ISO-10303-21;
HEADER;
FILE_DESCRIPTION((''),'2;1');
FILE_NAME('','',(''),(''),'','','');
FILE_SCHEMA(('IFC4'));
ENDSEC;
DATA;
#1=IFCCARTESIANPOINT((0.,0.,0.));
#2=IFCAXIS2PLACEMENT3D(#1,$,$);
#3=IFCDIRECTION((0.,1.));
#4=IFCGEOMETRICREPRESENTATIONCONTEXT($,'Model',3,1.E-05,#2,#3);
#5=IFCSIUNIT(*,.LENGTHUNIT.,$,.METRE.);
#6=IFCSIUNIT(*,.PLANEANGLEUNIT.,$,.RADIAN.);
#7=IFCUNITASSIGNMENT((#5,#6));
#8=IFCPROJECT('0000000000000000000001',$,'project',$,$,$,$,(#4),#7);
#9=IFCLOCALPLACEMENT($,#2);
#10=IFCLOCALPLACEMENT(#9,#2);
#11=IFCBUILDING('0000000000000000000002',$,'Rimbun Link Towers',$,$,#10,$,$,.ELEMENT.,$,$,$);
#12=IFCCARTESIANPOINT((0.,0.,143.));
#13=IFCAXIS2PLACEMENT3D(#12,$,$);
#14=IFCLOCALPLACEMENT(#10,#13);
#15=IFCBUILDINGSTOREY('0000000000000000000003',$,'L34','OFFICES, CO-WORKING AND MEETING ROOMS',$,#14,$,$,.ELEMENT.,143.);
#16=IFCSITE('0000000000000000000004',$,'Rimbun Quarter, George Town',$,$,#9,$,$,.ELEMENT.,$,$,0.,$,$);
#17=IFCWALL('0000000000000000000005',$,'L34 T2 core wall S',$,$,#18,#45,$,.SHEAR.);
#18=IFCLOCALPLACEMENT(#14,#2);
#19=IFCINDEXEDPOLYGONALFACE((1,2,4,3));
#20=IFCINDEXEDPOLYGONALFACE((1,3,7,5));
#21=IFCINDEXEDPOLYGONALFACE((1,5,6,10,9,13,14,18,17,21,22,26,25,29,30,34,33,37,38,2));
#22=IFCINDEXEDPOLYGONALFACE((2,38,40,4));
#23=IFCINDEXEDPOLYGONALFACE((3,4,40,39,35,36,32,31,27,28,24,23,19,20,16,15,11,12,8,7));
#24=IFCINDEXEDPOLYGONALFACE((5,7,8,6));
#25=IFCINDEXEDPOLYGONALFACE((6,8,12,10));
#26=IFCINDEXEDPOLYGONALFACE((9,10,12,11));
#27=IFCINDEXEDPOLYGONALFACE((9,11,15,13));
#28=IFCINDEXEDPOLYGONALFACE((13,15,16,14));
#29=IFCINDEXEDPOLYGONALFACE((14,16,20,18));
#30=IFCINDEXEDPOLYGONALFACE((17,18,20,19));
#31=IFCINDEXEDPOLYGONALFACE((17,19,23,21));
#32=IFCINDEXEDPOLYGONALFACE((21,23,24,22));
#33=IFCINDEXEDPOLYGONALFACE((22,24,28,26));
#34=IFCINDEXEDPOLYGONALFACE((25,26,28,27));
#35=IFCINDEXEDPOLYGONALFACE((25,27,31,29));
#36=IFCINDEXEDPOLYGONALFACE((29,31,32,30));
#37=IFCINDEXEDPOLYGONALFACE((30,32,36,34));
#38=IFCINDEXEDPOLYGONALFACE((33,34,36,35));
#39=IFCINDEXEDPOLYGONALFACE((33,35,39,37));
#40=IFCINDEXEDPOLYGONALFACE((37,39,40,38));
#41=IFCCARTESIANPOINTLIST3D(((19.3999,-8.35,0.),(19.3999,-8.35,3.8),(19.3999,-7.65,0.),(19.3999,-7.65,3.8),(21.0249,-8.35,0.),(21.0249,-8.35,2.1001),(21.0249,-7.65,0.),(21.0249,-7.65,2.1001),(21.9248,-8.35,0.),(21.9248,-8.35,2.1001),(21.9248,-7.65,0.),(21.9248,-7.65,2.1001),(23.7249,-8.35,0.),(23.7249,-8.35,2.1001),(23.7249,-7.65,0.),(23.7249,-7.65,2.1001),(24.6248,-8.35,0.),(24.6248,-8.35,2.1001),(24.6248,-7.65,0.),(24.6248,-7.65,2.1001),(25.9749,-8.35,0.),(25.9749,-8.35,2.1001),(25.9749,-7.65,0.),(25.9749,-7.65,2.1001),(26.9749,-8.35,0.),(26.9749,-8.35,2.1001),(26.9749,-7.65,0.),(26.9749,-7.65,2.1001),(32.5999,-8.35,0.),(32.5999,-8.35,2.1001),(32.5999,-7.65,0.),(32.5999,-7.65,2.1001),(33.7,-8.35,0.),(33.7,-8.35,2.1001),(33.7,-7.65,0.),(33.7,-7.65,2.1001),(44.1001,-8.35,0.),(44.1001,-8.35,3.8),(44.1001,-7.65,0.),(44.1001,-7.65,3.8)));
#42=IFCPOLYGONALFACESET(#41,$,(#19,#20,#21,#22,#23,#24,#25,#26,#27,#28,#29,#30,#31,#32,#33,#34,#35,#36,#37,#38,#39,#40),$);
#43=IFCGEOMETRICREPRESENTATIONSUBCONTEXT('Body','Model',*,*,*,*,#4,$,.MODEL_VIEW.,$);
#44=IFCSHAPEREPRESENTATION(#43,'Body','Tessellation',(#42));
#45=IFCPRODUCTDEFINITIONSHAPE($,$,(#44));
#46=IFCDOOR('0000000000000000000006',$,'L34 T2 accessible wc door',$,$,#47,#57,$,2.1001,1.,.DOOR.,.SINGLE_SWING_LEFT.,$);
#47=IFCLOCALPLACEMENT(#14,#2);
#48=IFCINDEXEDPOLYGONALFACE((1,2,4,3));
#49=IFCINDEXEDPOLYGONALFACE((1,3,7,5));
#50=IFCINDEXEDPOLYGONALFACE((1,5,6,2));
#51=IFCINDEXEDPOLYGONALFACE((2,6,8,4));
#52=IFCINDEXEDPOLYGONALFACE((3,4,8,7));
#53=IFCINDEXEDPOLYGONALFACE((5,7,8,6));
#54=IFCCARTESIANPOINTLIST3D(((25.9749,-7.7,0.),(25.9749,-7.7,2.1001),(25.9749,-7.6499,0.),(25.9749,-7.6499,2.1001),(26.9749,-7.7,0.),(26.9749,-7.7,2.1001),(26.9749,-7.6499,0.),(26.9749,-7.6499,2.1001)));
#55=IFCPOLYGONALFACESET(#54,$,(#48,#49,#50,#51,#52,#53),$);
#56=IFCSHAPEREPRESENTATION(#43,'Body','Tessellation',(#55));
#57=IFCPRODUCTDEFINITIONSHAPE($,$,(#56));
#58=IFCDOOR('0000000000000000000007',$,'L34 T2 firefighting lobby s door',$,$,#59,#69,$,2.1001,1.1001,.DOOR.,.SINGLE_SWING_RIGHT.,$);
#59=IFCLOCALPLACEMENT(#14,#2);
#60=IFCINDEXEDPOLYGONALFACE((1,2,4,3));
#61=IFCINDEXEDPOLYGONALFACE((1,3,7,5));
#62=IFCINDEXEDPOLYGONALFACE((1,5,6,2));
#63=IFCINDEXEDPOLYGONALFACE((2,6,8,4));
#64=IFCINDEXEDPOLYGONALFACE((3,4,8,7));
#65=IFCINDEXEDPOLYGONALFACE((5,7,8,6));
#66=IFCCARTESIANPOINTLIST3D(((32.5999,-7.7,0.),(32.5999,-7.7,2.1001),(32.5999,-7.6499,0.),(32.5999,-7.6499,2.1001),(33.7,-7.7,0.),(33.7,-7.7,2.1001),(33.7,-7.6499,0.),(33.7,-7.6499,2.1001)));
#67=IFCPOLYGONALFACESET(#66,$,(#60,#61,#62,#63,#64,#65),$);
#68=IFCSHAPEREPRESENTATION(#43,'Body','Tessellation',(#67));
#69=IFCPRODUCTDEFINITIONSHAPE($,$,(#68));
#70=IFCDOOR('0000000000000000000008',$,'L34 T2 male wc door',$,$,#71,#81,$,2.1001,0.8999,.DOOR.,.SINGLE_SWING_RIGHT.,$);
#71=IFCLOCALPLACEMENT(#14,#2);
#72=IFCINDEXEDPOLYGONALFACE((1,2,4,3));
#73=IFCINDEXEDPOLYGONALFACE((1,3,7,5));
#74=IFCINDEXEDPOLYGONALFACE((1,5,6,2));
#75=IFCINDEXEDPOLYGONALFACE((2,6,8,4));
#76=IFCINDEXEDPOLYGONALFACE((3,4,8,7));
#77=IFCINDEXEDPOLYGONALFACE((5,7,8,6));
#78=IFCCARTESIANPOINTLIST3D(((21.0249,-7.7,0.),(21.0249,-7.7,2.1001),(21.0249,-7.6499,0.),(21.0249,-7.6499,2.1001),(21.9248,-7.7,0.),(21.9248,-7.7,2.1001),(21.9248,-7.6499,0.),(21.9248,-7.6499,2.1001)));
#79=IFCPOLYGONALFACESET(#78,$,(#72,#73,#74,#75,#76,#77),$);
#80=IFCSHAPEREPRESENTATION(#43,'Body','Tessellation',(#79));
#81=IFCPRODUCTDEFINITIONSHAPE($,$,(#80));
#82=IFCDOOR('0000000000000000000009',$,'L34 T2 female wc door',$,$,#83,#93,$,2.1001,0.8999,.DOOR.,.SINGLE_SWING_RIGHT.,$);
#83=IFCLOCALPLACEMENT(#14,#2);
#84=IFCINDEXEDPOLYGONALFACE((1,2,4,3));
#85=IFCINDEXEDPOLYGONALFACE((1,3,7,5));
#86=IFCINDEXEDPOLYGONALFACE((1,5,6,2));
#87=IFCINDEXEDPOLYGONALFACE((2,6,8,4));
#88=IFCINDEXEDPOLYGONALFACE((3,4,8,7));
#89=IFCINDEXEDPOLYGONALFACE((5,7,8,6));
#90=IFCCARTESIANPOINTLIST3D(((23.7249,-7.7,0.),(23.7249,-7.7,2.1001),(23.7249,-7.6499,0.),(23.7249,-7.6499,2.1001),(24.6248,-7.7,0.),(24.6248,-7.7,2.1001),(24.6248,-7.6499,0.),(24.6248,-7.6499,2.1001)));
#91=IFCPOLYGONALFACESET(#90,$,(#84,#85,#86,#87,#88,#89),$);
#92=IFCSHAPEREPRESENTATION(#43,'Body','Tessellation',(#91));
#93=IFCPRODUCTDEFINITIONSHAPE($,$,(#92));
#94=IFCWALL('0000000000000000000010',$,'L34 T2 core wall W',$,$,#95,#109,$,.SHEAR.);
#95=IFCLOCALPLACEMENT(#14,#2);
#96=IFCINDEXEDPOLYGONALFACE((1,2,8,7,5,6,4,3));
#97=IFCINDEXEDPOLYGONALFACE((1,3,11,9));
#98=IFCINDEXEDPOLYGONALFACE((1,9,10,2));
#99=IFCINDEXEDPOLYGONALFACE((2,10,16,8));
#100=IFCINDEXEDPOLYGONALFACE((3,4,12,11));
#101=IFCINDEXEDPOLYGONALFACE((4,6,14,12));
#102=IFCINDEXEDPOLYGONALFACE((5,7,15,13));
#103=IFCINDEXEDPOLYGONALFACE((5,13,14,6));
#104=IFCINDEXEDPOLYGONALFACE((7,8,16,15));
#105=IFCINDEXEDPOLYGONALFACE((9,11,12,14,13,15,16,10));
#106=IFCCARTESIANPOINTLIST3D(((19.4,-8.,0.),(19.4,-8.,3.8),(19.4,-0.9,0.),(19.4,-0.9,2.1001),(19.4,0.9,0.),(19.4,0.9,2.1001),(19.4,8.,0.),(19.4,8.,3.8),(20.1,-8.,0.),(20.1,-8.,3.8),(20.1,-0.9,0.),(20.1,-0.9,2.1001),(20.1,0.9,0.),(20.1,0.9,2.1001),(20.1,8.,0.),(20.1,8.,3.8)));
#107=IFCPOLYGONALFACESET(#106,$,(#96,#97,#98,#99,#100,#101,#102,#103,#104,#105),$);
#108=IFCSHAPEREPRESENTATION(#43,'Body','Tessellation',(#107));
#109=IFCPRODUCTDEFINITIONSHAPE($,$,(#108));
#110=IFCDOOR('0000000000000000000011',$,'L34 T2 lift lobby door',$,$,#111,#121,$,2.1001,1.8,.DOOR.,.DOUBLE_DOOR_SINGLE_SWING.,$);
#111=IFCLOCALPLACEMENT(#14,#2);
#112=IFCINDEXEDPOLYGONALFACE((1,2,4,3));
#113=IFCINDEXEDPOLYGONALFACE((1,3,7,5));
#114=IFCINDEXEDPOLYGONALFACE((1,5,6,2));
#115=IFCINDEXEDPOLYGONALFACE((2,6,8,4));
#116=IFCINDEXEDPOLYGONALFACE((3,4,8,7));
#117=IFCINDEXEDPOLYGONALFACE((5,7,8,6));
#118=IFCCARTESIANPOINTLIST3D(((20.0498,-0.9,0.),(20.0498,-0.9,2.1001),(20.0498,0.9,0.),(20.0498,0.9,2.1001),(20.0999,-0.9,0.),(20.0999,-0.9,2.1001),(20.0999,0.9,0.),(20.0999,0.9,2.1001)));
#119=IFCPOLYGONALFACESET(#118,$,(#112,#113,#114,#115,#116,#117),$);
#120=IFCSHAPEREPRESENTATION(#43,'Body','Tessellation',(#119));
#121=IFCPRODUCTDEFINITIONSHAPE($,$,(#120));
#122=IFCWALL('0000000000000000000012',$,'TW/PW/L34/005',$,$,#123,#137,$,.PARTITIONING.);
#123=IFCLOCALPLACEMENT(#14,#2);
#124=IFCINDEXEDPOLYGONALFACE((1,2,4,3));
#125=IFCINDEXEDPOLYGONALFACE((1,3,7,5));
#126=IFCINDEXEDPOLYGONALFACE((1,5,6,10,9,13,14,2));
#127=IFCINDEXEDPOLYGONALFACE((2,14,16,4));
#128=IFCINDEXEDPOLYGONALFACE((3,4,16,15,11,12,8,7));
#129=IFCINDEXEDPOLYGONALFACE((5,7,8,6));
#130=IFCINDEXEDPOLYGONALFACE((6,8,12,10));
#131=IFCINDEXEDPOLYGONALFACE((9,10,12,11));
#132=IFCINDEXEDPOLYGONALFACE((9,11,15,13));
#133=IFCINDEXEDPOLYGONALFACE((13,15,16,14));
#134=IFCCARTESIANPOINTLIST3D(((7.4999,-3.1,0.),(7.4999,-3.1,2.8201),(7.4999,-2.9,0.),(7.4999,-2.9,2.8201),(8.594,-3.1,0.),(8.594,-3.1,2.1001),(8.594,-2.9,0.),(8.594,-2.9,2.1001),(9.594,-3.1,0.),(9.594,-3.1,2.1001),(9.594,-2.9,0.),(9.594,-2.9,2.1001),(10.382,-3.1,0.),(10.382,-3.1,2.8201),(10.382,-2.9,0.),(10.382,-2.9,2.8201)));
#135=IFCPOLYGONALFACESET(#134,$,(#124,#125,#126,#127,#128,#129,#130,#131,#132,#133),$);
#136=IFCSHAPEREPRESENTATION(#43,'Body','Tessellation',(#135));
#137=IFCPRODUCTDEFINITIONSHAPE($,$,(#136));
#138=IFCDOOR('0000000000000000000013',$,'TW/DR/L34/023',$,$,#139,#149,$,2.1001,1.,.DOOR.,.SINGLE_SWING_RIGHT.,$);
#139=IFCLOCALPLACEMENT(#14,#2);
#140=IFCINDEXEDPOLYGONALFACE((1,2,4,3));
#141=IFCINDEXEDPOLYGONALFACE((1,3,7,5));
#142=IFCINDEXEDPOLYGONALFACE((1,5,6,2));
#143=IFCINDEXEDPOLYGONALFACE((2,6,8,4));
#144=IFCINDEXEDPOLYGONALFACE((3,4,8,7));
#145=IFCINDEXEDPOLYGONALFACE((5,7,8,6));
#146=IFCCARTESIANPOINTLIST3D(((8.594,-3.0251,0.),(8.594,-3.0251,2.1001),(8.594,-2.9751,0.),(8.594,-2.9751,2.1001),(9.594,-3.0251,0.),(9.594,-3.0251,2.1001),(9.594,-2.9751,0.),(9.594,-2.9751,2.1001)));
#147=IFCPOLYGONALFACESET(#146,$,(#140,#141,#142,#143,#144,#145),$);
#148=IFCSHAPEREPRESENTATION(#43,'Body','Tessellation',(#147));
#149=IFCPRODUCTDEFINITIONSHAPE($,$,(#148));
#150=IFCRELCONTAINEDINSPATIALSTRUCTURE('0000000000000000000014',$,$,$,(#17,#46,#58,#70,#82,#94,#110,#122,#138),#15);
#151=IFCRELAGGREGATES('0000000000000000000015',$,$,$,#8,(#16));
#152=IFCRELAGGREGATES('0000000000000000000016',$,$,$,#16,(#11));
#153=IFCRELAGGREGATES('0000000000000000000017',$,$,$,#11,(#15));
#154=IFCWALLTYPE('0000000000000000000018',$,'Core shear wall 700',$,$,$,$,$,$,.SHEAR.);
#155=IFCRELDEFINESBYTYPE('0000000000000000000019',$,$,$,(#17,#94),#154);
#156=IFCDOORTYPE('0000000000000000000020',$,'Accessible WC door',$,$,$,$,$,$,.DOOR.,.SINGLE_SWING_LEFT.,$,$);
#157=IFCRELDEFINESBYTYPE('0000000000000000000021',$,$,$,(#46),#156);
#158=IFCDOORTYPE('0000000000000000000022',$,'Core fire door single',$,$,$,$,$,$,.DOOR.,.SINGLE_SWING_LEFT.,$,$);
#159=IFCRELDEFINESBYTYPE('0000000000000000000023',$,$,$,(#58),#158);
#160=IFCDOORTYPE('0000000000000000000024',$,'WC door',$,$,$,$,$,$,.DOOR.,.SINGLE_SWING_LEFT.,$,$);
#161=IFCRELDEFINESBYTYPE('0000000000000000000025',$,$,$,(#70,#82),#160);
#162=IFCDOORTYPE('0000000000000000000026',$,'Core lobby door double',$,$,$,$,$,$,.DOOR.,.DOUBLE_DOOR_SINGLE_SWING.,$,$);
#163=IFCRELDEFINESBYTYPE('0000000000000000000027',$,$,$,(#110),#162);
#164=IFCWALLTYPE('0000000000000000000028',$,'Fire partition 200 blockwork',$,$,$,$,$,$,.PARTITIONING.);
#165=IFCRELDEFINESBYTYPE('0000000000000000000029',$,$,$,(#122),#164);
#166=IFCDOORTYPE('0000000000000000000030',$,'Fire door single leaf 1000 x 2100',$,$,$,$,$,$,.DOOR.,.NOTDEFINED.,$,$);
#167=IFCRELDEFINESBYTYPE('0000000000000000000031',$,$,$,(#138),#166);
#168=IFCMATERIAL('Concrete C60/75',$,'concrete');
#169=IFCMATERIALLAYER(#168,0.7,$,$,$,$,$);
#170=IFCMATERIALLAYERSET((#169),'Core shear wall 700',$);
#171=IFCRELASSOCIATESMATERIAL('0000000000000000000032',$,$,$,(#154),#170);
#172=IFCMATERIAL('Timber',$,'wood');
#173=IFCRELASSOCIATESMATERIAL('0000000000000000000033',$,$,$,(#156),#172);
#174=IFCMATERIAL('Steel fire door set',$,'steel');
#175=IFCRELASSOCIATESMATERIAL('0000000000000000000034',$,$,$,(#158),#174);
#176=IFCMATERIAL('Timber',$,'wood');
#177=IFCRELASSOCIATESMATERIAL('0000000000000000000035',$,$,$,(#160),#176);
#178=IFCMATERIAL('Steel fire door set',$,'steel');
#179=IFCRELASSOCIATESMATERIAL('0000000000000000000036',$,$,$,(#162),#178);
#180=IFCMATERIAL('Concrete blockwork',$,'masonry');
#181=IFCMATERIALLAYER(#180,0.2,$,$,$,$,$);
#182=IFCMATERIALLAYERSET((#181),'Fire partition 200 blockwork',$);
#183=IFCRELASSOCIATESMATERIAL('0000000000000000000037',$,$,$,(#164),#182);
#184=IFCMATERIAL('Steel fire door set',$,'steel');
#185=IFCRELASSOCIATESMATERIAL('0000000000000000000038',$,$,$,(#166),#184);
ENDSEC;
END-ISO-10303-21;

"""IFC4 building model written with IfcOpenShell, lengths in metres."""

from ifc_helpers import new_model, si_unit, direction, frame, frame_2d, origin, place, context, subcontext, project, spatial, rectangle, extrude, material, layer, layer_set, type_object, element, fill, save


model = new_model("IFC4")

# Units and contexts
model_context = context("Model", 3, precision=1e-05, world=origin(), true_north=direction((0.0, 1.0)))
body_context = subcontext(model_context, "Body", "Model", "MODEL_VIEW")
ifc_project = project(units=[si_unit("LENGTHUNIT", "METRE"), si_unit("PLANEANGLEUNIT", "RADIAN")], contexts=[model_context])

# Site, building, storey
site_placement = place(None, origin())
site = spatial("IfcSite", under=ifc_project, at=site_placement, Name="Rimbun Quarter, George Town", CompositionType="ELEMENT", RefElevation=0.0)
building_placement = place(site_placement, origin())
building = spatial("IfcBuilding", under=site, at=building_placement, Name="Rimbun Link Towers", CompositionType="ELEMENT")
storey_placement = place(building_placement, frame((0.0, 0.0, 143.0)))
storey = spatial("IfcBuildingStorey", under=building, at=storey_placement, Name="L34", Description="OFFICES, CO-WORKING AND MEETING ROOMS", CompositionType="ELEMENT", Elevation=143.0)

# Wall, openings, doors
ifc_material_1 = material(Name="Concrete C60/75", Category="concrete")
ifc_layer_1 = layer(ifc_material_1, 0.7)
ifc_layer_set_1 = layer_set([ifc_layer_1], Name="Core shear wall 700")
wall_type_1 = type_object("IfcWallType", Name="Core shear wall 700", PredefinedType="SHEAR", material=ifc_layer_set_1)
wall_1_placement = place(storey_placement, frame((19.3999, -8.0, 0.0), z_axis=(0.0, 0.0, 1.0), x_axis=(1.0, 0.0, 0.0)))
wall_1 = element("IfcWall", 1, at=wall_1_placement, inside=storey, type_object=wall_type_1, Name="L34 T2 core wall S", PredefinedType="SHEAR", context=body_context, shape_type="SweptSolid", body=[
    extrude(rectangle(XDim=24.7002, YDim=0.7, at=frame_2d((12.3501, 0.0))), origin(), (0.0, 0.0, 1.0), 3.8),
])
opening_1_placement = place(wall_1_placement, frame((13.2, 0.0, 0.0)))
opening_1 = element("IfcOpeningElement", 2, at=opening_1_placement, cuts=wall_1, PredefinedType="OPENING", context=body_context, shape_type="SweptSolid", body=[
    extrude(rectangle(XDim=1.1001, YDim=2.1001, at=frame_2d((0.55, 1.05))), frame((0.0, 0.3599, 0.0), z_axis=(0.0, -1.0, 0.0), x_axis=(1.0, 0.0, 0.0)), (0.0, 0.0, 1.0), 0.72),
])
opening_2_placement = place(wall_1_placement, frame((1.625, 0.0, 0.0)))
opening_2 = element("IfcOpeningElement", 3, at=opening_2_placement, cuts=wall_1, PredefinedType="OPENING", context=body_context, shape_type="SweptSolid", body=[
    extrude(rectangle(XDim=0.8999, YDim=2.1001, at=frame_2d((0.45, 1.05))), frame((0.0, 0.3599, 0.0), z_axis=(0.0, -1.0, 0.0), x_axis=(1.0, 0.0, 0.0)), (0.0, 0.0, 1.0), 0.72),
])
opening_3_placement = place(wall_1_placement, frame((4.325, 0.0, 0.0)))
opening_3 = element("IfcOpeningElement", 4, at=opening_3_placement, cuts=wall_1, PredefinedType="OPENING", context=body_context, shape_type="SweptSolid", body=[
    extrude(rectangle(XDim=0.8999, YDim=2.1001, at=frame_2d((0.45, 1.05))), frame((0.0, 0.3599, 0.0), z_axis=(0.0, -1.0, 0.0), x_axis=(1.0, 0.0, 0.0)), (0.0, 0.0, 1.0), 0.72),
])
opening_4_placement = place(wall_1_placement, frame((6.575, 0.0, 0.0)))
opening_4 = element("IfcOpeningElement", 5, at=opening_4_placement, cuts=wall_1, PredefinedType="OPENING", context=body_context, shape_type="SweptSolid", body=[
    extrude(rectangle(XDim=1.0, YDim=2.1001, at=frame_2d((0.5, 1.05))), frame((0.0, 0.3599, 0.0), z_axis=(0.0, -1.0, 0.0), x_axis=(1.0, 0.0, 0.0)), (0.0, 0.0, 1.0), 0.72),
])
ifc_material_2 = material(Name="Timber", Category="wood")
door_type_1 = type_object("IfcDoorType", Name="Accessible WC door", OperationType="SINGLE_SWING_LEFT", PredefinedType="DOOR", material=ifc_material_2)
door_1_placement = place(opening_4_placement, origin())
door_1 = element("IfcDoor", 6, at=door_1_placement, inside=storey, type_object=door_type_1, Name="L34 T2 accessible wc door", OperationType="SINGLE_SWING_LEFT", OverallHeight=2.1001, OverallWidth=1.0, PredefinedType="DOOR", context=body_context, shape_type="SweptSolid", body=[
    extrude(rectangle(XDim=1.0, YDim=2.1001, at=frame_2d((0.5, 1.05))), frame((0.0, 0.3501, 0.0), z_axis=(0.0, -1.0, 0.0), x_axis=(1.0, 0.0, 0.0)), (0.0, 0.0, 1.0), 0.05),
])
fill(opening_4, door_1)
ifc_material_3 = material(Name="Steel fire door set", Category="steel")
door_type_2 = type_object("IfcDoorType", Name="Core fire door single", OperationType="SINGLE_SWING_LEFT", PredefinedType="DOOR", material=ifc_material_3)
door_2_placement = place(opening_1_placement, origin())
door_2 = element("IfcDoor", 7, at=door_2_placement, inside=storey, type_object=door_type_2, Name="L34 T2 firefighting lobby s door", OperationType="SINGLE_SWING_RIGHT", OverallHeight=2.1001, OverallWidth=1.1001, PredefinedType="DOOR", context=body_context, shape_type="SweptSolid", body=[
    extrude(rectangle(XDim=1.1001, YDim=2.1001, at=frame_2d((0.55, 1.05))), frame((0.0, 0.3501, 0.0), z_axis=(0.0, -1.0, 0.0), x_axis=(1.0, 0.0, 0.0)), (0.0, 0.0, 1.0), 0.05),
])
fill(opening_1, door_2)
ifc_material_4 = material(Name="Timber", Category="wood")
door_type_3 = type_object("IfcDoorType", Name="WC door", OperationType="SINGLE_SWING_LEFT", PredefinedType="DOOR", material=ifc_material_4)
door_3_placement = place(opening_2_placement, origin())
door_3 = element("IfcDoor", 8, at=door_3_placement, inside=storey, type_object=door_type_3, Name="L34 T2 male wc door", OperationType="SINGLE_SWING_RIGHT", OverallHeight=2.1001, OverallWidth=0.8999, PredefinedType="DOOR", context=body_context, shape_type="SweptSolid", body=[
    extrude(rectangle(XDim=0.8999, YDim=2.1001, at=frame_2d((0.45, 1.05))), frame((0.0, 0.3501, 0.0), z_axis=(0.0, -1.0, 0.0), x_axis=(1.0, 0.0, 0.0)), (0.0, 0.0, 1.0), 0.05),
])
fill(opening_2, door_3)
door_4_placement = place(opening_3_placement, origin())
door_4 = element("IfcDoor", 9, at=door_4_placement, inside=storey, type_object=door_type_3, Name="L34 T2 female wc door", OperationType="SINGLE_SWING_RIGHT", OverallHeight=2.1001, OverallWidth=0.8999, PredefinedType="DOOR", context=body_context, shape_type="SweptSolid", body=[
    extrude(rectangle(XDim=0.8999, YDim=2.1001, at=frame_2d((0.45, 1.05))), frame((0.0, 0.3501, 0.0), z_axis=(0.0, -1.0, 0.0), x_axis=(1.0, 0.0, 0.0)), (0.0, 0.0, 1.0), 0.05),
])
fill(opening_3, door_4)

# Walls, openings, doors
wall_2_placement = place(storey_placement, frame((19.75, -8.0, 0.0), z_axis=(0.0, 0.0, 1.0), x_axis=(0.0, 1.0, 0.0)))
wall_2 = element("IfcWall", 10, at=wall_2_placement, inside=storey, type_object=wall_type_1, Name="L34 T2 core wall W", PredefinedType="SHEAR", context=body_context, shape_type="SweptSolid", body=[
    extrude(rectangle(XDim=16.0, YDim=0.7, at=frame_2d((8.0, 0.0))), origin(), (0.0, 0.0, 1.0), 3.8),
])
opening_5_placement = place(wall_2_placement, frame((7.1001, 0.0, 0.0)))
opening_5 = element("IfcOpeningElement", 11, at=opening_5_placement, cuts=wall_2, PredefinedType="OPENING", context=body_context, shape_type="SweptSolid", body=[
    extrude(rectangle(XDim=1.8, YDim=2.1001, at=frame_2d((0.8999, 1.05))), frame((0.0, 0.3599, 0.0), z_axis=(0.0, -1.0, 0.0), x_axis=(1.0, 0.0, 0.0)), (0.0, 0.0, 1.0), 0.72),
])
ifc_material_5 = material(Name="Steel fire door set", Category="steel")
door_type_4 = type_object("IfcDoorType", Name="Core lobby door double", OperationType="DOUBLE_DOOR_SINGLE_SWING", PredefinedType="DOOR", material=ifc_material_5)
door_5_placement = place(opening_5_placement, origin())
door_5 = element("IfcDoor", 12, at=door_5_placement, inside=storey, type_object=door_type_4, Name="L34 T2 lift lobby door", OperationType="DOUBLE_DOOR_SINGLE_SWING", OverallHeight=2.1001, OverallWidth=1.8, PredefinedType="DOOR", context=body_context, shape_type="SweptSolid", body=[
    extrude(rectangle(XDim=1.8, YDim=2.1001, at=frame_2d((0.8999, 1.05))), frame((0.0, -0.2998, 0.0), z_axis=(0.0, -1.0, 0.0), x_axis=(1.0, 0.0, 0.0)), (0.0, 0.0, 1.0), 0.05),
])
fill(opening_5, door_5)
ifc_material_6 = material(Name="Concrete blockwork", Category="masonry")
ifc_layer_2 = layer(ifc_material_6, 0.2)
ifc_layer_set_2 = layer_set([ifc_layer_2], Name="Fire partition 200 blockwork")
wall_type_2 = type_object("IfcWallType", Name="Fire partition 200 blockwork", PredefinedType="PARTITIONING", material=ifc_layer_set_2)
wall_3_placement = place(storey_placement, frame((7.5, -3.0, 0.0), z_axis=(0.0, 0.0, 1.0), x_axis=(1.0, 0.0, 0.0)))
wall_3 = element("IfcWall", 13, at=wall_3_placement, inside=storey, type_object=wall_type_2, Name="TW/PW/L34/005", PredefinedType="PARTITIONING", context=body_context, shape_type="SweptSolid", body=[
    extrude(rectangle(XDim=2.8821, YDim=0.2, at=frame_2d((1.4409, 0.0))), origin(), (0.0, 0.0, 1.0), 2.8201),
])
opening_6_placement = place(wall_3_placement, frame((1.094, 0.0, 0.0)))
opening_6 = element("IfcOpeningElement", 14, at=opening_6_placement, cuts=wall_3, PredefinedType="OPENING", context=body_context, shape_type="SweptSolid", body=[
    extrude(rectangle(XDim=1.0, YDim=2.1001, at=frame_2d((0.5, 1.05))), frame((0.0, 0.1099, 0.0), z_axis=(0.0, -1.0, 0.0), x_axis=(1.0, 0.0, 0.0)), (0.0, 0.0, 1.0), 0.22),
])
ifc_material_7 = material(Name="Steel fire door set", Category="steel")
door_type_5 = type_object("IfcDoorType", Name="Fire door single leaf 1000 x 2100", OperationType="NOTDEFINED", PredefinedType="DOOR", material=ifc_material_7)
door_6_placement = place(opening_6_placement, origin())
door_6 = element("IfcDoor", 15, at=door_6_placement, inside=storey, type_object=door_type_5, Name="TW/DR/L34/023", OperationType="SINGLE_SWING_RIGHT", OverallHeight=2.1001, OverallWidth=1.0, PredefinedType="DOOR", context=body_context, shape_type="SweptSolid", body=[
    extrude(rectangle(XDim=1.0, YDim=2.1001, at=frame_2d((0.5, 1.05))), frame((0.0, 0.0249, 0.0), z_axis=(0.0, -1.0, 0.0), x_axis=(1.0, 0.0, 0.0)), (0.0, 0.0, 1.0), 0.05),
])
fill(opening_6, door_6)

save(model, "model.ifc")
